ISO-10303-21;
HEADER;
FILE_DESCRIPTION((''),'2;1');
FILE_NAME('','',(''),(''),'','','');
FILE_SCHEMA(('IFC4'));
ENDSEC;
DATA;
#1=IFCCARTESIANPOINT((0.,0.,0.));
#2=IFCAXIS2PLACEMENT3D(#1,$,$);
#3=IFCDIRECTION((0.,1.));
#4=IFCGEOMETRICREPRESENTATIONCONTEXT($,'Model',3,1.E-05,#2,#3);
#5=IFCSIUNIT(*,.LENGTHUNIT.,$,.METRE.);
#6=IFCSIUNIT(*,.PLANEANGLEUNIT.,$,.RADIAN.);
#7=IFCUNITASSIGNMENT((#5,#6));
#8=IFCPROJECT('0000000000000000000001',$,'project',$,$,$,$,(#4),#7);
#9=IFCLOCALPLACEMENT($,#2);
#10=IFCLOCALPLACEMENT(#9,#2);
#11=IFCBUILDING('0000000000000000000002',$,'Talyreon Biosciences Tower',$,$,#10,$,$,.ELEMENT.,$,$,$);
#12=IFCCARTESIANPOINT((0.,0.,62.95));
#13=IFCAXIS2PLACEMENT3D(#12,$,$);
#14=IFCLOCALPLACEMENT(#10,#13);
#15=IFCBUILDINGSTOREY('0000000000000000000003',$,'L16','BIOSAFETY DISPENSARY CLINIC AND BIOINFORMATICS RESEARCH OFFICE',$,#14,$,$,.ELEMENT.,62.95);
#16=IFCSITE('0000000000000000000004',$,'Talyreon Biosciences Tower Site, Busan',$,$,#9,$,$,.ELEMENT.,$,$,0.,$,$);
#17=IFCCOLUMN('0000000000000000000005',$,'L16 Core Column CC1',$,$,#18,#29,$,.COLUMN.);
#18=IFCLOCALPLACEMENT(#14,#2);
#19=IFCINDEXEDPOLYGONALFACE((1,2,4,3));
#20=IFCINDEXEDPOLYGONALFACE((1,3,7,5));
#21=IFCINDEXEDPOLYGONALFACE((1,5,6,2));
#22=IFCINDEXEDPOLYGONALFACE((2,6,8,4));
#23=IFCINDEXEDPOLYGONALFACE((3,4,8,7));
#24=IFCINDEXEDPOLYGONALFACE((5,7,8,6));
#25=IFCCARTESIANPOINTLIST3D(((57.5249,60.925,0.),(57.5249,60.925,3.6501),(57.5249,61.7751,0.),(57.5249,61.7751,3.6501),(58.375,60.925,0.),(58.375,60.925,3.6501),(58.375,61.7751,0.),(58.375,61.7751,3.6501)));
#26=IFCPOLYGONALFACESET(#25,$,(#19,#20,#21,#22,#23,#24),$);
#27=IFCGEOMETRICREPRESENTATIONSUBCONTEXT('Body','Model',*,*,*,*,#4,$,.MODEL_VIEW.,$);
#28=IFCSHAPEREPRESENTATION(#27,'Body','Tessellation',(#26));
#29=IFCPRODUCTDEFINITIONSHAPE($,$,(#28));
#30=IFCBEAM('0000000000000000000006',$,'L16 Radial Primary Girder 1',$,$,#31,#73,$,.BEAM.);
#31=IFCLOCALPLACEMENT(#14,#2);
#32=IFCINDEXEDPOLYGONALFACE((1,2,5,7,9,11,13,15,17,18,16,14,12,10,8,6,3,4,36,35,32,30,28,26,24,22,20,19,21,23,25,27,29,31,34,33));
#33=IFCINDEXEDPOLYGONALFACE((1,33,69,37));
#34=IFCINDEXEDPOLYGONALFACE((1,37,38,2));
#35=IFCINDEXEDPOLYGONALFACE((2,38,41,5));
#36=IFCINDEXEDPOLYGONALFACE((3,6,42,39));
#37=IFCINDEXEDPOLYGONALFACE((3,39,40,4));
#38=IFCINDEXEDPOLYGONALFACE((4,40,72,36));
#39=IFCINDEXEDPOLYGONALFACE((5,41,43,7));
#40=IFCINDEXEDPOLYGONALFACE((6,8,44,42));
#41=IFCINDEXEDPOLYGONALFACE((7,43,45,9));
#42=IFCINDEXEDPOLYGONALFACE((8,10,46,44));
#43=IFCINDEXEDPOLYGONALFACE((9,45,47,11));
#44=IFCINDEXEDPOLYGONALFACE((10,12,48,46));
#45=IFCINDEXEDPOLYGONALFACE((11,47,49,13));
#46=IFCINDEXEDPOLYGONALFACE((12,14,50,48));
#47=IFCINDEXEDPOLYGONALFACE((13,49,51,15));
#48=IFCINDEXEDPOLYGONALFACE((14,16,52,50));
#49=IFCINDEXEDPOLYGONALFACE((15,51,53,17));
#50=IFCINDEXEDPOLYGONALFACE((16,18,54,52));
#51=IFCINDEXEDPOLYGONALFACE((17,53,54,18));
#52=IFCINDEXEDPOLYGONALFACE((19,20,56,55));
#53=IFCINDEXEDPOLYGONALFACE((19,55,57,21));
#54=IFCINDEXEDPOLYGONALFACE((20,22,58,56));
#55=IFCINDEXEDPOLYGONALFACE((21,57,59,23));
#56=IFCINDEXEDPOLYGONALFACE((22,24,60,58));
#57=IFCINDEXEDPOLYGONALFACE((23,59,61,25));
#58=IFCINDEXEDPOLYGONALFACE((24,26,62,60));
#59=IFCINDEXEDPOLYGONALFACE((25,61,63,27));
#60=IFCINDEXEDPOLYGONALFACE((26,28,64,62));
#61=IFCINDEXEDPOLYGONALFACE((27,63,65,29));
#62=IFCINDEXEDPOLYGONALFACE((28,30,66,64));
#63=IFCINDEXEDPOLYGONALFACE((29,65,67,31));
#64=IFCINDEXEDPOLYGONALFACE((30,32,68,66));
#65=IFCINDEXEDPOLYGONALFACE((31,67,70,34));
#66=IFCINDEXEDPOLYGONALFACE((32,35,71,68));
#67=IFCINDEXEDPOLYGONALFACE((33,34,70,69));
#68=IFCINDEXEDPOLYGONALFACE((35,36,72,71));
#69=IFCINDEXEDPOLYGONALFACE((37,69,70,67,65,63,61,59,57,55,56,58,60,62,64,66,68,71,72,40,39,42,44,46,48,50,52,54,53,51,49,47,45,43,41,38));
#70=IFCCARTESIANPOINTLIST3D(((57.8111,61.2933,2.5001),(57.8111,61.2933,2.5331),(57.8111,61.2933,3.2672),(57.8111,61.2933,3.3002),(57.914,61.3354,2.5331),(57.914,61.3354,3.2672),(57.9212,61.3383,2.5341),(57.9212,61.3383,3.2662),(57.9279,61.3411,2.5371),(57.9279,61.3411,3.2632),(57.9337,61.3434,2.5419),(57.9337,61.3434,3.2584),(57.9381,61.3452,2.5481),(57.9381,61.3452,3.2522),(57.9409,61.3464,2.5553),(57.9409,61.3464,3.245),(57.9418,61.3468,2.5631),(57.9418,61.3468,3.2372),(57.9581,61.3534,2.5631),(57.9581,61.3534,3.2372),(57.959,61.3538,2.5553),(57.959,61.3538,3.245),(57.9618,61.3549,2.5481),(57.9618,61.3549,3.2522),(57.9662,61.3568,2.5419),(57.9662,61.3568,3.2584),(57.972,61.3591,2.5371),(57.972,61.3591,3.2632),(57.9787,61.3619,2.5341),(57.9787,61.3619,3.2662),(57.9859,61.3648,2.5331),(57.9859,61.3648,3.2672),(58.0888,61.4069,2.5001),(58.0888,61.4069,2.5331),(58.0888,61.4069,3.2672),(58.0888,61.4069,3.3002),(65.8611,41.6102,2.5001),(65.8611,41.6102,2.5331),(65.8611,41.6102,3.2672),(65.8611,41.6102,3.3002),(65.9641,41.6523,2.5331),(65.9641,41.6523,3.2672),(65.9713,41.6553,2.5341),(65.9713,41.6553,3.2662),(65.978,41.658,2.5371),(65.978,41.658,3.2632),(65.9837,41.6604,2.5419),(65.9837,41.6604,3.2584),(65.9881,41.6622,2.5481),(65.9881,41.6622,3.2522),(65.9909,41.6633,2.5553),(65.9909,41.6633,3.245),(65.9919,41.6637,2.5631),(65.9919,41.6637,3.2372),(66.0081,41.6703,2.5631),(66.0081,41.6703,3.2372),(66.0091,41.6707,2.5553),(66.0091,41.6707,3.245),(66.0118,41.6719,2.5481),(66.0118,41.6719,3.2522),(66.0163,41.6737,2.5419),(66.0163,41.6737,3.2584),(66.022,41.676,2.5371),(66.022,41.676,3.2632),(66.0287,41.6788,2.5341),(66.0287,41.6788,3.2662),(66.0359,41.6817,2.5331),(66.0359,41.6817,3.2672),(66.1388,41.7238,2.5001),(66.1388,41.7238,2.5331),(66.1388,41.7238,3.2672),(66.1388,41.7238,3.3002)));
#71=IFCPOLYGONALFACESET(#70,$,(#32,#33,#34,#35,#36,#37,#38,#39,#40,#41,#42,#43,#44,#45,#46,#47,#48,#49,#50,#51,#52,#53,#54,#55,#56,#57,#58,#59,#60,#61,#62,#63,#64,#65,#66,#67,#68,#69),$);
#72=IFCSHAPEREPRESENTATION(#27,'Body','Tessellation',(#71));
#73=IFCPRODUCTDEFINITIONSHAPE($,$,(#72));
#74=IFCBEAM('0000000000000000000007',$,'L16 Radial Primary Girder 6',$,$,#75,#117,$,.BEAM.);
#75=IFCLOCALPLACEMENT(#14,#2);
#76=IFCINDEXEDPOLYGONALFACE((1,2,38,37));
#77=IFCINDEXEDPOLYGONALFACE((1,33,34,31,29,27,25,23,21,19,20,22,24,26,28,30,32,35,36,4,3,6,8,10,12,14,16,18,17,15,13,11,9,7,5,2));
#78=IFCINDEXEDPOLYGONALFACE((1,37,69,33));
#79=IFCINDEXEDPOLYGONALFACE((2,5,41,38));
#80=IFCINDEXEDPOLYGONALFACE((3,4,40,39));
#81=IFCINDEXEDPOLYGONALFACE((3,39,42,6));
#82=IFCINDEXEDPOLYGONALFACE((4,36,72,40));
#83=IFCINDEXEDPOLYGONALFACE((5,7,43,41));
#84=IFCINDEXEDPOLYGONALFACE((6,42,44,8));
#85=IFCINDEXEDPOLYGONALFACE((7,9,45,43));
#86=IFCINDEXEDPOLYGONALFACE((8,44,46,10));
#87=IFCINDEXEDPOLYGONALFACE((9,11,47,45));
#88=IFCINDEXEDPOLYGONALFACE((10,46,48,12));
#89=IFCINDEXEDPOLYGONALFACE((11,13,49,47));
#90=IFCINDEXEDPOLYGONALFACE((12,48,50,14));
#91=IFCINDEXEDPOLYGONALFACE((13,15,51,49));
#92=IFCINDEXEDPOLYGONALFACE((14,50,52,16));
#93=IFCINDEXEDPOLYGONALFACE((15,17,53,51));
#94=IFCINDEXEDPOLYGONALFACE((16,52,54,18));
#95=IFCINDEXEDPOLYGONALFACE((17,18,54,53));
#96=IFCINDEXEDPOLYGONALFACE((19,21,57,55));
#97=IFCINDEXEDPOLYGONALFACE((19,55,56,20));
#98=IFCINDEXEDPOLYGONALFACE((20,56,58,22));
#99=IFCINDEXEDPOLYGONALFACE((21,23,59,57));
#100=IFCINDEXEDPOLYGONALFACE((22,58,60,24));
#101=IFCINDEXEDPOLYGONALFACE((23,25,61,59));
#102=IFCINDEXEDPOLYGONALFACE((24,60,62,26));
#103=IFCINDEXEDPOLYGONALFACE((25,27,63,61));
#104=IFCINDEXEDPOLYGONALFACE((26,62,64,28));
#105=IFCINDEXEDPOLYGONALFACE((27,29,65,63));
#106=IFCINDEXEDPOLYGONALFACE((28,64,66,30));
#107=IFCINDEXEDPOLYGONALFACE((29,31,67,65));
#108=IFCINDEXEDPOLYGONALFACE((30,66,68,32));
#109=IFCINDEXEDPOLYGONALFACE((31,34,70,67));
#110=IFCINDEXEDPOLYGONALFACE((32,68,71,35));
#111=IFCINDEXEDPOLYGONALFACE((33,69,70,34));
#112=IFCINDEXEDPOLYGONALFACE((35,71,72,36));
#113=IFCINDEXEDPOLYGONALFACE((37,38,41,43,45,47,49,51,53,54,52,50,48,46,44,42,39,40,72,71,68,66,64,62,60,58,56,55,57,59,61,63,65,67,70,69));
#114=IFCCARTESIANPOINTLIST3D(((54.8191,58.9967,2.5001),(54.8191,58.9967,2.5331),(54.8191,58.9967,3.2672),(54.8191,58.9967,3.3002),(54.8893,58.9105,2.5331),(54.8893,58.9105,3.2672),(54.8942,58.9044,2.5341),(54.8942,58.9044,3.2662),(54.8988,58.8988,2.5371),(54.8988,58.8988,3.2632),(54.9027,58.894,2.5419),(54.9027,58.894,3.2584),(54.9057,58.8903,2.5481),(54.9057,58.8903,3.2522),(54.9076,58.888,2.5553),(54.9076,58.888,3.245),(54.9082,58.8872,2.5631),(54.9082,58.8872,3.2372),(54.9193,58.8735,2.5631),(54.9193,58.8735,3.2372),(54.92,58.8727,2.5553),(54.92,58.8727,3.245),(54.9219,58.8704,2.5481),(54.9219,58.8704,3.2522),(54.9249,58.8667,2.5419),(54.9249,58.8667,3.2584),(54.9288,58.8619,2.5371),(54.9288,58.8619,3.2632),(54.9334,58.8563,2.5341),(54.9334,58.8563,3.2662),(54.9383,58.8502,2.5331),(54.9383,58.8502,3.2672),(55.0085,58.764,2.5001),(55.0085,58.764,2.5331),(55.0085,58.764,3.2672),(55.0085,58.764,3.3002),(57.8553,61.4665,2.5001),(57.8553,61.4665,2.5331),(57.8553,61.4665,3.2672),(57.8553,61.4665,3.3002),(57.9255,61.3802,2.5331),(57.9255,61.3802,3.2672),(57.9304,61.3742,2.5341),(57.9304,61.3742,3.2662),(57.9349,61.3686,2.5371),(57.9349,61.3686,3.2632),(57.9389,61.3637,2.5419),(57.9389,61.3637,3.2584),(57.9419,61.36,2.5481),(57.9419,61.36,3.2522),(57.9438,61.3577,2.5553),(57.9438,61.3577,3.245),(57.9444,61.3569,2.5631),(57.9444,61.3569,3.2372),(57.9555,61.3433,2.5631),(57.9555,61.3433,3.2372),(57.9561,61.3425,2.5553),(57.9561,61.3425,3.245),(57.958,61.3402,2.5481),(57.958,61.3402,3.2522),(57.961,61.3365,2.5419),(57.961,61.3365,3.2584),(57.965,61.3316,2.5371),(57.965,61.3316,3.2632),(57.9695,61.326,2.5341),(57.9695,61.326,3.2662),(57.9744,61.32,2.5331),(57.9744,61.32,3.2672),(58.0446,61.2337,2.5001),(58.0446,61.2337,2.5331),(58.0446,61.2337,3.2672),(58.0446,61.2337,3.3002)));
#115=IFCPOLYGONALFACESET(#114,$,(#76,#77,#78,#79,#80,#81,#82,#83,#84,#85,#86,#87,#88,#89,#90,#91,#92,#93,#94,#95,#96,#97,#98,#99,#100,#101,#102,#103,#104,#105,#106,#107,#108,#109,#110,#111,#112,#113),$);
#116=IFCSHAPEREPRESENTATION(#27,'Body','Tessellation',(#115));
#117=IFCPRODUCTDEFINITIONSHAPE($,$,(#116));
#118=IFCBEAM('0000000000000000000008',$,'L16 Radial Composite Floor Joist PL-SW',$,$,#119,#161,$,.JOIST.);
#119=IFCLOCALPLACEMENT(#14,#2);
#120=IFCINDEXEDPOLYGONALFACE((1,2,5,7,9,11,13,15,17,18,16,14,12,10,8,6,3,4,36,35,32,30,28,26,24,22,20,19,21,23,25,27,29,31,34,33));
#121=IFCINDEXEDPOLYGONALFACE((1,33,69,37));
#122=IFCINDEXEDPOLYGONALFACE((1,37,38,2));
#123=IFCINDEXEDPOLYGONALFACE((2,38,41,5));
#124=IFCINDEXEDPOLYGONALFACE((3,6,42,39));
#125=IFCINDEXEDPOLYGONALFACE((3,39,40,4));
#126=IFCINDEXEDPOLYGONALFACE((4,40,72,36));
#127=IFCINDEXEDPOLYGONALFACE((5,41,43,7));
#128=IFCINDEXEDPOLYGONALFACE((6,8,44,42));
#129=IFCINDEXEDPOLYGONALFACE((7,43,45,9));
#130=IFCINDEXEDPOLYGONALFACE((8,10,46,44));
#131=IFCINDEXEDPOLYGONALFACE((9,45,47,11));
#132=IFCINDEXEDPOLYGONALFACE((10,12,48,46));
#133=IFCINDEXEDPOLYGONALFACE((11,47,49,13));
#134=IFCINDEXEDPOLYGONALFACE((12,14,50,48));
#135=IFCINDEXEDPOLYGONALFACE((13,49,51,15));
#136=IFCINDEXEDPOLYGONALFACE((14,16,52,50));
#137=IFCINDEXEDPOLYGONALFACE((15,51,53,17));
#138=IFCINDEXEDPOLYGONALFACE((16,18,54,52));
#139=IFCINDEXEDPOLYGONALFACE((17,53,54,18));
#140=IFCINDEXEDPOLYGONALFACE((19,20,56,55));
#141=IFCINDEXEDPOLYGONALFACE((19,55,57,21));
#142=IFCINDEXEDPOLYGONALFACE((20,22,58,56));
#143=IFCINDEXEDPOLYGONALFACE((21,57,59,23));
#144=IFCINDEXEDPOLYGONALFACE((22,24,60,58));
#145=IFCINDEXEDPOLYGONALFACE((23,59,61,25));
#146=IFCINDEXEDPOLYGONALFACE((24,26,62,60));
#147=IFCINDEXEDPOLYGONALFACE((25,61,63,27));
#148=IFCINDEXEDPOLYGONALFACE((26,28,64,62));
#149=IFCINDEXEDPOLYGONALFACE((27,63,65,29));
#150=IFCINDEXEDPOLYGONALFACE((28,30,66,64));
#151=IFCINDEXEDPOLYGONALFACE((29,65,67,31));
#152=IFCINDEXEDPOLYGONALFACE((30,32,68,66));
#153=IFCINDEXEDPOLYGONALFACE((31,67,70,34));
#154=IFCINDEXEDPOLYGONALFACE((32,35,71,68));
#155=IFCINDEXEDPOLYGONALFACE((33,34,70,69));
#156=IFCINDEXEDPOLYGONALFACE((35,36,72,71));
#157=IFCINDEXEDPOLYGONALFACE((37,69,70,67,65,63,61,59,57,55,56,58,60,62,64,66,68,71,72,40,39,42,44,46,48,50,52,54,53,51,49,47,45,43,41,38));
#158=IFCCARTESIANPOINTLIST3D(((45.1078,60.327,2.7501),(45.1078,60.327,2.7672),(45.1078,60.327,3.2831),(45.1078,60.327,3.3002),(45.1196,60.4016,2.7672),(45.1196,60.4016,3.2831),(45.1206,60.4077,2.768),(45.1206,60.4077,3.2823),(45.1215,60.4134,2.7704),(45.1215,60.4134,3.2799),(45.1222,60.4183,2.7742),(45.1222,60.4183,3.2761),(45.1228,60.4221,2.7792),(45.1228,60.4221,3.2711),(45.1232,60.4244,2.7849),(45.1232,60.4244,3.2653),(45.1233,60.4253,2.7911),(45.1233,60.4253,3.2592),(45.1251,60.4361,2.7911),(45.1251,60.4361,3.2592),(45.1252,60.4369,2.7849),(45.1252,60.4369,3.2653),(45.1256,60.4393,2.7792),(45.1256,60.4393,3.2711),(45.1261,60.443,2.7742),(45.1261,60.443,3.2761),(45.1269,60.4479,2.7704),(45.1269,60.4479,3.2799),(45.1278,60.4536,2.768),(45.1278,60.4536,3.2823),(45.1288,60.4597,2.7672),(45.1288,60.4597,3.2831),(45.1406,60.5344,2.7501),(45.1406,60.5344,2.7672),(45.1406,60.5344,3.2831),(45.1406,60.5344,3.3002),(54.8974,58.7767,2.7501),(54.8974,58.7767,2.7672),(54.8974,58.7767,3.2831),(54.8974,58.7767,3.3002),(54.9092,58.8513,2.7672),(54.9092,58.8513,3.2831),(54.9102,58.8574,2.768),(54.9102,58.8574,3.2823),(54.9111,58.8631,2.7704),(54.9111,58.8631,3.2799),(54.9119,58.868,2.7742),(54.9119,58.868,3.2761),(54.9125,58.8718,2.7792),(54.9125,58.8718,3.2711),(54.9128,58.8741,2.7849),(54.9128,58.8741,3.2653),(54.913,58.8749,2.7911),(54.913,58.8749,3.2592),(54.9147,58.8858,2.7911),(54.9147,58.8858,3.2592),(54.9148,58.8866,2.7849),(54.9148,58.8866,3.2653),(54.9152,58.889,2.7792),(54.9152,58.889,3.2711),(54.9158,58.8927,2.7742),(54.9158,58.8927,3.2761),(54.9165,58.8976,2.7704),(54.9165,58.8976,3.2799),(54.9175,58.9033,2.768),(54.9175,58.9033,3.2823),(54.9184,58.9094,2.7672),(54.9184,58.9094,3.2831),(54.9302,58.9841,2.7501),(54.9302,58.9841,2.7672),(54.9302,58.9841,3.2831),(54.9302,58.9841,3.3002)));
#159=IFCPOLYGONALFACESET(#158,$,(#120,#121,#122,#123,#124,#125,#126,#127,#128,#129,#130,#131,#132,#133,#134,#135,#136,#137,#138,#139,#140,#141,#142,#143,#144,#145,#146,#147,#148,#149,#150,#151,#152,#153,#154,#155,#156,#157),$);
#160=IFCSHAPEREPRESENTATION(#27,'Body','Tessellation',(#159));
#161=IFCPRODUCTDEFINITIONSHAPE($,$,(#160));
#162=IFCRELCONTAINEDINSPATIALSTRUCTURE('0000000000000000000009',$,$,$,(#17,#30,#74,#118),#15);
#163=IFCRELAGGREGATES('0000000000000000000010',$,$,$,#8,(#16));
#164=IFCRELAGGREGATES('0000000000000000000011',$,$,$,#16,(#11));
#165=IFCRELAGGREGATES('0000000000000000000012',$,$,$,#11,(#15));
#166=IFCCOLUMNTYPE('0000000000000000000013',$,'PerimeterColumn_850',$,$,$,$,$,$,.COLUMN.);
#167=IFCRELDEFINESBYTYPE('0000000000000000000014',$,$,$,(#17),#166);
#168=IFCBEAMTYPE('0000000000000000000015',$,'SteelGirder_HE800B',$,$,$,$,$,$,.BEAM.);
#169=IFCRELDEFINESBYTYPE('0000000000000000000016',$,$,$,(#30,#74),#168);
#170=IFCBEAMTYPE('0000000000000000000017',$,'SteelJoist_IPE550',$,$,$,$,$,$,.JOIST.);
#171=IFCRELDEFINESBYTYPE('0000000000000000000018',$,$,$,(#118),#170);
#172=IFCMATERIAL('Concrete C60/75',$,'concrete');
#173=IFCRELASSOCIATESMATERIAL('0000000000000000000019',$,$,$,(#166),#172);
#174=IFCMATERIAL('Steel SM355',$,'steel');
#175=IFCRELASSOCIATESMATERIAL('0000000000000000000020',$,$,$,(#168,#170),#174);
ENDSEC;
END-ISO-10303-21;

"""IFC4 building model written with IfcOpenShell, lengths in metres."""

from ifc_helpers import new_model, si_unit, direction, frame, origin, origin_2d, place, context, subcontext, project, spatial, rectangle, i_section, extrude, material, material_profile, profile_set, type_object, element, save


model = new_model("IFC4")

# Units and contexts
model_context = context("Model", 3, precision=1e-05, world=origin(), true_north=direction((0.0, 1.0)))
body_context = subcontext(model_context, "Body", "Model", "MODEL_VIEW")
ifc_project = project(units=[si_unit("LENGTHUNIT", "METRE"), si_unit("PLANEANGLEUNIT", "RADIAN")], contexts=[model_context])

# Site, building, storey
site_placement = place(None, origin())
site = spatial("IfcSite", under=ifc_project, at=site_placement, Name="Talyreon Biosciences Tower Site, Busan", CompositionType="ELEMENT", RefElevation=0.0)
building_placement = place(site_placement, origin())
building = spatial("IfcBuilding", under=site, at=building_placement, Name="Talyreon Biosciences Tower", CompositionType="ELEMENT")
storey_placement = place(building_placement, frame((0.0, 0.0, 62.95)))
storey = spatial("IfcBuildingStorey", under=building, at=storey_placement, Name="L16", Description="BIOSAFETY DISPENSARY CLINIC AND BIOINFORMATICS RESEARCH OFFICE", CompositionType="ELEMENT", Elevation=62.95)

# Column
ifc_material_1 = material(Name="Concrete C60/75", Category="concrete")
ifc_material_profile_1 = material_profile(ifc_material_1, rectangle(XDim=0.8501, YDim=0.8501, at=origin_2d()), Name="RC 850x850")
ifc_profile_set_1 = profile_set([ifc_material_profile_1], Name="Concrete C60/75")
column_type = type_object("IfcColumnType", Name="PerimeterColumn_850", PredefinedType="COLUMN", material=ifc_profile_set_1)
column_placement = place(storey_placement, frame((57.95, 61.3501, 0.0), z_axis=(0.0, 0.0, 1.0), x_axis=(1.0, 0.0, 0.0)))
element("IfcColumn", 1, at=column_placement, inside=storey, type_object=column_type, Name="L16 Core Column CC1", PredefinedType="COLUMN", context=body_context, shape_type="SweptSolid", body=[
    extrude(rectangle(XDim=0.8501, YDim=0.8501, at=origin_2d()), origin(), (0.0, 0.0, 1.0), 3.6501),
])

# Beams
ifc_material_2 = material(Name="Steel SM355", Category="steel")
ifc_material_profile_2 = material_profile(ifc_material_2, i_section(OverallWidth=0.3, OverallDepth=0.8, WebThickness=0.0176, FlangeThickness=0.033, FilletRadius=0.03, at=origin_2d()), Name="HE800B")
ifc_profile_set_2 = profile_set([ifc_material_profile_2], Name="Steel SM355")
beam_type_1 = type_object("IfcBeamType", Name="SteelGirder_HE800B", PredefinedType="BEAM", material=ifc_profile_set_2)
beam_1_placement = place(storey_placement, frame((57.95, 61.3501, 2.9001), z_axis=(0.378547, -0.925582, 0.0), x_axis=(0.925582, 0.378547, 0.0)))
element("IfcBeam", 2, at=beam_1_placement, inside=storey, type_object=beam_type_1, Name="L16 Radial Primary Girder 1", PredefinedType="BEAM", context=body_context, shape_type="SweptSolid", body=[
    extrude(i_section(OverallWidth=0.3, OverallDepth=0.8, WebThickness=0.0176, FlangeThickness=0.033, FilletRadius=0.03, at=origin_2d()), origin(), (0.0, 0.0, 1.0), 21.2656),
])
beam_2_placement = place(storey_placement, frame((57.95, 61.3501, 2.9001), z_axis=(-0.775755, -0.631034, 0.0), x_axis=(0.631034, -0.775755, 0.0)))
element("IfcBeam", 3, at=beam_2_placement, inside=storey, type_object=beam_type_1, Name="L16 Radial Primary Girder 6", PredefinedType="BEAM", context=body_context, shape_type="SweptSolid", body=[
    extrude(i_section(OverallWidth=0.3, OverallDepth=0.8, WebThickness=0.0176, FlangeThickness=0.033, FilletRadius=0.03, at=origin_2d()), origin(), (0.0, 0.0, 1.0), 3.9138),
])
ifc_material_profile_3 = material_profile(ifc_material_2, i_section(OverallWidth=0.21, OverallDepth=0.55, WebThickness=0.011, FlangeThickness=0.0171, FilletRadius=0.0239, at=origin_2d()), Name="IPE550")
ifc_profile_set_3 = profile_set([ifc_material_profile_3], Name="Steel SM355")
beam_type_2 = type_object("IfcBeamType", Name="SteelJoist_IPE550", PredefinedType="JOIST", material=ifc_profile_set_3)
beam_3_placement = place(storey_placement, frame((54.9138, 58.8804, 3.0251), z_axis=(-0.987692, 0.156413, 0.0), x_axis=(-0.156413, -0.987692, 0.0)))
element("IfcBeam", 4, at=beam_3_placement, inside=storey, type_object=beam_type_2, Name="L16 Radial Composite Floor Joist PL-SW", PredefinedType="JOIST", context=body_context, shape_type="SweptSolid", body=[
    extrude(i_section(OverallWidth=0.21, OverallDepth=0.55, WebThickness=0.011, FlangeThickness=0.0171, FilletRadius=0.0239, at=origin_2d()), origin(), (0.0, 0.0, 1.0), 9.9116),
])

save(model, "model.ifc")
